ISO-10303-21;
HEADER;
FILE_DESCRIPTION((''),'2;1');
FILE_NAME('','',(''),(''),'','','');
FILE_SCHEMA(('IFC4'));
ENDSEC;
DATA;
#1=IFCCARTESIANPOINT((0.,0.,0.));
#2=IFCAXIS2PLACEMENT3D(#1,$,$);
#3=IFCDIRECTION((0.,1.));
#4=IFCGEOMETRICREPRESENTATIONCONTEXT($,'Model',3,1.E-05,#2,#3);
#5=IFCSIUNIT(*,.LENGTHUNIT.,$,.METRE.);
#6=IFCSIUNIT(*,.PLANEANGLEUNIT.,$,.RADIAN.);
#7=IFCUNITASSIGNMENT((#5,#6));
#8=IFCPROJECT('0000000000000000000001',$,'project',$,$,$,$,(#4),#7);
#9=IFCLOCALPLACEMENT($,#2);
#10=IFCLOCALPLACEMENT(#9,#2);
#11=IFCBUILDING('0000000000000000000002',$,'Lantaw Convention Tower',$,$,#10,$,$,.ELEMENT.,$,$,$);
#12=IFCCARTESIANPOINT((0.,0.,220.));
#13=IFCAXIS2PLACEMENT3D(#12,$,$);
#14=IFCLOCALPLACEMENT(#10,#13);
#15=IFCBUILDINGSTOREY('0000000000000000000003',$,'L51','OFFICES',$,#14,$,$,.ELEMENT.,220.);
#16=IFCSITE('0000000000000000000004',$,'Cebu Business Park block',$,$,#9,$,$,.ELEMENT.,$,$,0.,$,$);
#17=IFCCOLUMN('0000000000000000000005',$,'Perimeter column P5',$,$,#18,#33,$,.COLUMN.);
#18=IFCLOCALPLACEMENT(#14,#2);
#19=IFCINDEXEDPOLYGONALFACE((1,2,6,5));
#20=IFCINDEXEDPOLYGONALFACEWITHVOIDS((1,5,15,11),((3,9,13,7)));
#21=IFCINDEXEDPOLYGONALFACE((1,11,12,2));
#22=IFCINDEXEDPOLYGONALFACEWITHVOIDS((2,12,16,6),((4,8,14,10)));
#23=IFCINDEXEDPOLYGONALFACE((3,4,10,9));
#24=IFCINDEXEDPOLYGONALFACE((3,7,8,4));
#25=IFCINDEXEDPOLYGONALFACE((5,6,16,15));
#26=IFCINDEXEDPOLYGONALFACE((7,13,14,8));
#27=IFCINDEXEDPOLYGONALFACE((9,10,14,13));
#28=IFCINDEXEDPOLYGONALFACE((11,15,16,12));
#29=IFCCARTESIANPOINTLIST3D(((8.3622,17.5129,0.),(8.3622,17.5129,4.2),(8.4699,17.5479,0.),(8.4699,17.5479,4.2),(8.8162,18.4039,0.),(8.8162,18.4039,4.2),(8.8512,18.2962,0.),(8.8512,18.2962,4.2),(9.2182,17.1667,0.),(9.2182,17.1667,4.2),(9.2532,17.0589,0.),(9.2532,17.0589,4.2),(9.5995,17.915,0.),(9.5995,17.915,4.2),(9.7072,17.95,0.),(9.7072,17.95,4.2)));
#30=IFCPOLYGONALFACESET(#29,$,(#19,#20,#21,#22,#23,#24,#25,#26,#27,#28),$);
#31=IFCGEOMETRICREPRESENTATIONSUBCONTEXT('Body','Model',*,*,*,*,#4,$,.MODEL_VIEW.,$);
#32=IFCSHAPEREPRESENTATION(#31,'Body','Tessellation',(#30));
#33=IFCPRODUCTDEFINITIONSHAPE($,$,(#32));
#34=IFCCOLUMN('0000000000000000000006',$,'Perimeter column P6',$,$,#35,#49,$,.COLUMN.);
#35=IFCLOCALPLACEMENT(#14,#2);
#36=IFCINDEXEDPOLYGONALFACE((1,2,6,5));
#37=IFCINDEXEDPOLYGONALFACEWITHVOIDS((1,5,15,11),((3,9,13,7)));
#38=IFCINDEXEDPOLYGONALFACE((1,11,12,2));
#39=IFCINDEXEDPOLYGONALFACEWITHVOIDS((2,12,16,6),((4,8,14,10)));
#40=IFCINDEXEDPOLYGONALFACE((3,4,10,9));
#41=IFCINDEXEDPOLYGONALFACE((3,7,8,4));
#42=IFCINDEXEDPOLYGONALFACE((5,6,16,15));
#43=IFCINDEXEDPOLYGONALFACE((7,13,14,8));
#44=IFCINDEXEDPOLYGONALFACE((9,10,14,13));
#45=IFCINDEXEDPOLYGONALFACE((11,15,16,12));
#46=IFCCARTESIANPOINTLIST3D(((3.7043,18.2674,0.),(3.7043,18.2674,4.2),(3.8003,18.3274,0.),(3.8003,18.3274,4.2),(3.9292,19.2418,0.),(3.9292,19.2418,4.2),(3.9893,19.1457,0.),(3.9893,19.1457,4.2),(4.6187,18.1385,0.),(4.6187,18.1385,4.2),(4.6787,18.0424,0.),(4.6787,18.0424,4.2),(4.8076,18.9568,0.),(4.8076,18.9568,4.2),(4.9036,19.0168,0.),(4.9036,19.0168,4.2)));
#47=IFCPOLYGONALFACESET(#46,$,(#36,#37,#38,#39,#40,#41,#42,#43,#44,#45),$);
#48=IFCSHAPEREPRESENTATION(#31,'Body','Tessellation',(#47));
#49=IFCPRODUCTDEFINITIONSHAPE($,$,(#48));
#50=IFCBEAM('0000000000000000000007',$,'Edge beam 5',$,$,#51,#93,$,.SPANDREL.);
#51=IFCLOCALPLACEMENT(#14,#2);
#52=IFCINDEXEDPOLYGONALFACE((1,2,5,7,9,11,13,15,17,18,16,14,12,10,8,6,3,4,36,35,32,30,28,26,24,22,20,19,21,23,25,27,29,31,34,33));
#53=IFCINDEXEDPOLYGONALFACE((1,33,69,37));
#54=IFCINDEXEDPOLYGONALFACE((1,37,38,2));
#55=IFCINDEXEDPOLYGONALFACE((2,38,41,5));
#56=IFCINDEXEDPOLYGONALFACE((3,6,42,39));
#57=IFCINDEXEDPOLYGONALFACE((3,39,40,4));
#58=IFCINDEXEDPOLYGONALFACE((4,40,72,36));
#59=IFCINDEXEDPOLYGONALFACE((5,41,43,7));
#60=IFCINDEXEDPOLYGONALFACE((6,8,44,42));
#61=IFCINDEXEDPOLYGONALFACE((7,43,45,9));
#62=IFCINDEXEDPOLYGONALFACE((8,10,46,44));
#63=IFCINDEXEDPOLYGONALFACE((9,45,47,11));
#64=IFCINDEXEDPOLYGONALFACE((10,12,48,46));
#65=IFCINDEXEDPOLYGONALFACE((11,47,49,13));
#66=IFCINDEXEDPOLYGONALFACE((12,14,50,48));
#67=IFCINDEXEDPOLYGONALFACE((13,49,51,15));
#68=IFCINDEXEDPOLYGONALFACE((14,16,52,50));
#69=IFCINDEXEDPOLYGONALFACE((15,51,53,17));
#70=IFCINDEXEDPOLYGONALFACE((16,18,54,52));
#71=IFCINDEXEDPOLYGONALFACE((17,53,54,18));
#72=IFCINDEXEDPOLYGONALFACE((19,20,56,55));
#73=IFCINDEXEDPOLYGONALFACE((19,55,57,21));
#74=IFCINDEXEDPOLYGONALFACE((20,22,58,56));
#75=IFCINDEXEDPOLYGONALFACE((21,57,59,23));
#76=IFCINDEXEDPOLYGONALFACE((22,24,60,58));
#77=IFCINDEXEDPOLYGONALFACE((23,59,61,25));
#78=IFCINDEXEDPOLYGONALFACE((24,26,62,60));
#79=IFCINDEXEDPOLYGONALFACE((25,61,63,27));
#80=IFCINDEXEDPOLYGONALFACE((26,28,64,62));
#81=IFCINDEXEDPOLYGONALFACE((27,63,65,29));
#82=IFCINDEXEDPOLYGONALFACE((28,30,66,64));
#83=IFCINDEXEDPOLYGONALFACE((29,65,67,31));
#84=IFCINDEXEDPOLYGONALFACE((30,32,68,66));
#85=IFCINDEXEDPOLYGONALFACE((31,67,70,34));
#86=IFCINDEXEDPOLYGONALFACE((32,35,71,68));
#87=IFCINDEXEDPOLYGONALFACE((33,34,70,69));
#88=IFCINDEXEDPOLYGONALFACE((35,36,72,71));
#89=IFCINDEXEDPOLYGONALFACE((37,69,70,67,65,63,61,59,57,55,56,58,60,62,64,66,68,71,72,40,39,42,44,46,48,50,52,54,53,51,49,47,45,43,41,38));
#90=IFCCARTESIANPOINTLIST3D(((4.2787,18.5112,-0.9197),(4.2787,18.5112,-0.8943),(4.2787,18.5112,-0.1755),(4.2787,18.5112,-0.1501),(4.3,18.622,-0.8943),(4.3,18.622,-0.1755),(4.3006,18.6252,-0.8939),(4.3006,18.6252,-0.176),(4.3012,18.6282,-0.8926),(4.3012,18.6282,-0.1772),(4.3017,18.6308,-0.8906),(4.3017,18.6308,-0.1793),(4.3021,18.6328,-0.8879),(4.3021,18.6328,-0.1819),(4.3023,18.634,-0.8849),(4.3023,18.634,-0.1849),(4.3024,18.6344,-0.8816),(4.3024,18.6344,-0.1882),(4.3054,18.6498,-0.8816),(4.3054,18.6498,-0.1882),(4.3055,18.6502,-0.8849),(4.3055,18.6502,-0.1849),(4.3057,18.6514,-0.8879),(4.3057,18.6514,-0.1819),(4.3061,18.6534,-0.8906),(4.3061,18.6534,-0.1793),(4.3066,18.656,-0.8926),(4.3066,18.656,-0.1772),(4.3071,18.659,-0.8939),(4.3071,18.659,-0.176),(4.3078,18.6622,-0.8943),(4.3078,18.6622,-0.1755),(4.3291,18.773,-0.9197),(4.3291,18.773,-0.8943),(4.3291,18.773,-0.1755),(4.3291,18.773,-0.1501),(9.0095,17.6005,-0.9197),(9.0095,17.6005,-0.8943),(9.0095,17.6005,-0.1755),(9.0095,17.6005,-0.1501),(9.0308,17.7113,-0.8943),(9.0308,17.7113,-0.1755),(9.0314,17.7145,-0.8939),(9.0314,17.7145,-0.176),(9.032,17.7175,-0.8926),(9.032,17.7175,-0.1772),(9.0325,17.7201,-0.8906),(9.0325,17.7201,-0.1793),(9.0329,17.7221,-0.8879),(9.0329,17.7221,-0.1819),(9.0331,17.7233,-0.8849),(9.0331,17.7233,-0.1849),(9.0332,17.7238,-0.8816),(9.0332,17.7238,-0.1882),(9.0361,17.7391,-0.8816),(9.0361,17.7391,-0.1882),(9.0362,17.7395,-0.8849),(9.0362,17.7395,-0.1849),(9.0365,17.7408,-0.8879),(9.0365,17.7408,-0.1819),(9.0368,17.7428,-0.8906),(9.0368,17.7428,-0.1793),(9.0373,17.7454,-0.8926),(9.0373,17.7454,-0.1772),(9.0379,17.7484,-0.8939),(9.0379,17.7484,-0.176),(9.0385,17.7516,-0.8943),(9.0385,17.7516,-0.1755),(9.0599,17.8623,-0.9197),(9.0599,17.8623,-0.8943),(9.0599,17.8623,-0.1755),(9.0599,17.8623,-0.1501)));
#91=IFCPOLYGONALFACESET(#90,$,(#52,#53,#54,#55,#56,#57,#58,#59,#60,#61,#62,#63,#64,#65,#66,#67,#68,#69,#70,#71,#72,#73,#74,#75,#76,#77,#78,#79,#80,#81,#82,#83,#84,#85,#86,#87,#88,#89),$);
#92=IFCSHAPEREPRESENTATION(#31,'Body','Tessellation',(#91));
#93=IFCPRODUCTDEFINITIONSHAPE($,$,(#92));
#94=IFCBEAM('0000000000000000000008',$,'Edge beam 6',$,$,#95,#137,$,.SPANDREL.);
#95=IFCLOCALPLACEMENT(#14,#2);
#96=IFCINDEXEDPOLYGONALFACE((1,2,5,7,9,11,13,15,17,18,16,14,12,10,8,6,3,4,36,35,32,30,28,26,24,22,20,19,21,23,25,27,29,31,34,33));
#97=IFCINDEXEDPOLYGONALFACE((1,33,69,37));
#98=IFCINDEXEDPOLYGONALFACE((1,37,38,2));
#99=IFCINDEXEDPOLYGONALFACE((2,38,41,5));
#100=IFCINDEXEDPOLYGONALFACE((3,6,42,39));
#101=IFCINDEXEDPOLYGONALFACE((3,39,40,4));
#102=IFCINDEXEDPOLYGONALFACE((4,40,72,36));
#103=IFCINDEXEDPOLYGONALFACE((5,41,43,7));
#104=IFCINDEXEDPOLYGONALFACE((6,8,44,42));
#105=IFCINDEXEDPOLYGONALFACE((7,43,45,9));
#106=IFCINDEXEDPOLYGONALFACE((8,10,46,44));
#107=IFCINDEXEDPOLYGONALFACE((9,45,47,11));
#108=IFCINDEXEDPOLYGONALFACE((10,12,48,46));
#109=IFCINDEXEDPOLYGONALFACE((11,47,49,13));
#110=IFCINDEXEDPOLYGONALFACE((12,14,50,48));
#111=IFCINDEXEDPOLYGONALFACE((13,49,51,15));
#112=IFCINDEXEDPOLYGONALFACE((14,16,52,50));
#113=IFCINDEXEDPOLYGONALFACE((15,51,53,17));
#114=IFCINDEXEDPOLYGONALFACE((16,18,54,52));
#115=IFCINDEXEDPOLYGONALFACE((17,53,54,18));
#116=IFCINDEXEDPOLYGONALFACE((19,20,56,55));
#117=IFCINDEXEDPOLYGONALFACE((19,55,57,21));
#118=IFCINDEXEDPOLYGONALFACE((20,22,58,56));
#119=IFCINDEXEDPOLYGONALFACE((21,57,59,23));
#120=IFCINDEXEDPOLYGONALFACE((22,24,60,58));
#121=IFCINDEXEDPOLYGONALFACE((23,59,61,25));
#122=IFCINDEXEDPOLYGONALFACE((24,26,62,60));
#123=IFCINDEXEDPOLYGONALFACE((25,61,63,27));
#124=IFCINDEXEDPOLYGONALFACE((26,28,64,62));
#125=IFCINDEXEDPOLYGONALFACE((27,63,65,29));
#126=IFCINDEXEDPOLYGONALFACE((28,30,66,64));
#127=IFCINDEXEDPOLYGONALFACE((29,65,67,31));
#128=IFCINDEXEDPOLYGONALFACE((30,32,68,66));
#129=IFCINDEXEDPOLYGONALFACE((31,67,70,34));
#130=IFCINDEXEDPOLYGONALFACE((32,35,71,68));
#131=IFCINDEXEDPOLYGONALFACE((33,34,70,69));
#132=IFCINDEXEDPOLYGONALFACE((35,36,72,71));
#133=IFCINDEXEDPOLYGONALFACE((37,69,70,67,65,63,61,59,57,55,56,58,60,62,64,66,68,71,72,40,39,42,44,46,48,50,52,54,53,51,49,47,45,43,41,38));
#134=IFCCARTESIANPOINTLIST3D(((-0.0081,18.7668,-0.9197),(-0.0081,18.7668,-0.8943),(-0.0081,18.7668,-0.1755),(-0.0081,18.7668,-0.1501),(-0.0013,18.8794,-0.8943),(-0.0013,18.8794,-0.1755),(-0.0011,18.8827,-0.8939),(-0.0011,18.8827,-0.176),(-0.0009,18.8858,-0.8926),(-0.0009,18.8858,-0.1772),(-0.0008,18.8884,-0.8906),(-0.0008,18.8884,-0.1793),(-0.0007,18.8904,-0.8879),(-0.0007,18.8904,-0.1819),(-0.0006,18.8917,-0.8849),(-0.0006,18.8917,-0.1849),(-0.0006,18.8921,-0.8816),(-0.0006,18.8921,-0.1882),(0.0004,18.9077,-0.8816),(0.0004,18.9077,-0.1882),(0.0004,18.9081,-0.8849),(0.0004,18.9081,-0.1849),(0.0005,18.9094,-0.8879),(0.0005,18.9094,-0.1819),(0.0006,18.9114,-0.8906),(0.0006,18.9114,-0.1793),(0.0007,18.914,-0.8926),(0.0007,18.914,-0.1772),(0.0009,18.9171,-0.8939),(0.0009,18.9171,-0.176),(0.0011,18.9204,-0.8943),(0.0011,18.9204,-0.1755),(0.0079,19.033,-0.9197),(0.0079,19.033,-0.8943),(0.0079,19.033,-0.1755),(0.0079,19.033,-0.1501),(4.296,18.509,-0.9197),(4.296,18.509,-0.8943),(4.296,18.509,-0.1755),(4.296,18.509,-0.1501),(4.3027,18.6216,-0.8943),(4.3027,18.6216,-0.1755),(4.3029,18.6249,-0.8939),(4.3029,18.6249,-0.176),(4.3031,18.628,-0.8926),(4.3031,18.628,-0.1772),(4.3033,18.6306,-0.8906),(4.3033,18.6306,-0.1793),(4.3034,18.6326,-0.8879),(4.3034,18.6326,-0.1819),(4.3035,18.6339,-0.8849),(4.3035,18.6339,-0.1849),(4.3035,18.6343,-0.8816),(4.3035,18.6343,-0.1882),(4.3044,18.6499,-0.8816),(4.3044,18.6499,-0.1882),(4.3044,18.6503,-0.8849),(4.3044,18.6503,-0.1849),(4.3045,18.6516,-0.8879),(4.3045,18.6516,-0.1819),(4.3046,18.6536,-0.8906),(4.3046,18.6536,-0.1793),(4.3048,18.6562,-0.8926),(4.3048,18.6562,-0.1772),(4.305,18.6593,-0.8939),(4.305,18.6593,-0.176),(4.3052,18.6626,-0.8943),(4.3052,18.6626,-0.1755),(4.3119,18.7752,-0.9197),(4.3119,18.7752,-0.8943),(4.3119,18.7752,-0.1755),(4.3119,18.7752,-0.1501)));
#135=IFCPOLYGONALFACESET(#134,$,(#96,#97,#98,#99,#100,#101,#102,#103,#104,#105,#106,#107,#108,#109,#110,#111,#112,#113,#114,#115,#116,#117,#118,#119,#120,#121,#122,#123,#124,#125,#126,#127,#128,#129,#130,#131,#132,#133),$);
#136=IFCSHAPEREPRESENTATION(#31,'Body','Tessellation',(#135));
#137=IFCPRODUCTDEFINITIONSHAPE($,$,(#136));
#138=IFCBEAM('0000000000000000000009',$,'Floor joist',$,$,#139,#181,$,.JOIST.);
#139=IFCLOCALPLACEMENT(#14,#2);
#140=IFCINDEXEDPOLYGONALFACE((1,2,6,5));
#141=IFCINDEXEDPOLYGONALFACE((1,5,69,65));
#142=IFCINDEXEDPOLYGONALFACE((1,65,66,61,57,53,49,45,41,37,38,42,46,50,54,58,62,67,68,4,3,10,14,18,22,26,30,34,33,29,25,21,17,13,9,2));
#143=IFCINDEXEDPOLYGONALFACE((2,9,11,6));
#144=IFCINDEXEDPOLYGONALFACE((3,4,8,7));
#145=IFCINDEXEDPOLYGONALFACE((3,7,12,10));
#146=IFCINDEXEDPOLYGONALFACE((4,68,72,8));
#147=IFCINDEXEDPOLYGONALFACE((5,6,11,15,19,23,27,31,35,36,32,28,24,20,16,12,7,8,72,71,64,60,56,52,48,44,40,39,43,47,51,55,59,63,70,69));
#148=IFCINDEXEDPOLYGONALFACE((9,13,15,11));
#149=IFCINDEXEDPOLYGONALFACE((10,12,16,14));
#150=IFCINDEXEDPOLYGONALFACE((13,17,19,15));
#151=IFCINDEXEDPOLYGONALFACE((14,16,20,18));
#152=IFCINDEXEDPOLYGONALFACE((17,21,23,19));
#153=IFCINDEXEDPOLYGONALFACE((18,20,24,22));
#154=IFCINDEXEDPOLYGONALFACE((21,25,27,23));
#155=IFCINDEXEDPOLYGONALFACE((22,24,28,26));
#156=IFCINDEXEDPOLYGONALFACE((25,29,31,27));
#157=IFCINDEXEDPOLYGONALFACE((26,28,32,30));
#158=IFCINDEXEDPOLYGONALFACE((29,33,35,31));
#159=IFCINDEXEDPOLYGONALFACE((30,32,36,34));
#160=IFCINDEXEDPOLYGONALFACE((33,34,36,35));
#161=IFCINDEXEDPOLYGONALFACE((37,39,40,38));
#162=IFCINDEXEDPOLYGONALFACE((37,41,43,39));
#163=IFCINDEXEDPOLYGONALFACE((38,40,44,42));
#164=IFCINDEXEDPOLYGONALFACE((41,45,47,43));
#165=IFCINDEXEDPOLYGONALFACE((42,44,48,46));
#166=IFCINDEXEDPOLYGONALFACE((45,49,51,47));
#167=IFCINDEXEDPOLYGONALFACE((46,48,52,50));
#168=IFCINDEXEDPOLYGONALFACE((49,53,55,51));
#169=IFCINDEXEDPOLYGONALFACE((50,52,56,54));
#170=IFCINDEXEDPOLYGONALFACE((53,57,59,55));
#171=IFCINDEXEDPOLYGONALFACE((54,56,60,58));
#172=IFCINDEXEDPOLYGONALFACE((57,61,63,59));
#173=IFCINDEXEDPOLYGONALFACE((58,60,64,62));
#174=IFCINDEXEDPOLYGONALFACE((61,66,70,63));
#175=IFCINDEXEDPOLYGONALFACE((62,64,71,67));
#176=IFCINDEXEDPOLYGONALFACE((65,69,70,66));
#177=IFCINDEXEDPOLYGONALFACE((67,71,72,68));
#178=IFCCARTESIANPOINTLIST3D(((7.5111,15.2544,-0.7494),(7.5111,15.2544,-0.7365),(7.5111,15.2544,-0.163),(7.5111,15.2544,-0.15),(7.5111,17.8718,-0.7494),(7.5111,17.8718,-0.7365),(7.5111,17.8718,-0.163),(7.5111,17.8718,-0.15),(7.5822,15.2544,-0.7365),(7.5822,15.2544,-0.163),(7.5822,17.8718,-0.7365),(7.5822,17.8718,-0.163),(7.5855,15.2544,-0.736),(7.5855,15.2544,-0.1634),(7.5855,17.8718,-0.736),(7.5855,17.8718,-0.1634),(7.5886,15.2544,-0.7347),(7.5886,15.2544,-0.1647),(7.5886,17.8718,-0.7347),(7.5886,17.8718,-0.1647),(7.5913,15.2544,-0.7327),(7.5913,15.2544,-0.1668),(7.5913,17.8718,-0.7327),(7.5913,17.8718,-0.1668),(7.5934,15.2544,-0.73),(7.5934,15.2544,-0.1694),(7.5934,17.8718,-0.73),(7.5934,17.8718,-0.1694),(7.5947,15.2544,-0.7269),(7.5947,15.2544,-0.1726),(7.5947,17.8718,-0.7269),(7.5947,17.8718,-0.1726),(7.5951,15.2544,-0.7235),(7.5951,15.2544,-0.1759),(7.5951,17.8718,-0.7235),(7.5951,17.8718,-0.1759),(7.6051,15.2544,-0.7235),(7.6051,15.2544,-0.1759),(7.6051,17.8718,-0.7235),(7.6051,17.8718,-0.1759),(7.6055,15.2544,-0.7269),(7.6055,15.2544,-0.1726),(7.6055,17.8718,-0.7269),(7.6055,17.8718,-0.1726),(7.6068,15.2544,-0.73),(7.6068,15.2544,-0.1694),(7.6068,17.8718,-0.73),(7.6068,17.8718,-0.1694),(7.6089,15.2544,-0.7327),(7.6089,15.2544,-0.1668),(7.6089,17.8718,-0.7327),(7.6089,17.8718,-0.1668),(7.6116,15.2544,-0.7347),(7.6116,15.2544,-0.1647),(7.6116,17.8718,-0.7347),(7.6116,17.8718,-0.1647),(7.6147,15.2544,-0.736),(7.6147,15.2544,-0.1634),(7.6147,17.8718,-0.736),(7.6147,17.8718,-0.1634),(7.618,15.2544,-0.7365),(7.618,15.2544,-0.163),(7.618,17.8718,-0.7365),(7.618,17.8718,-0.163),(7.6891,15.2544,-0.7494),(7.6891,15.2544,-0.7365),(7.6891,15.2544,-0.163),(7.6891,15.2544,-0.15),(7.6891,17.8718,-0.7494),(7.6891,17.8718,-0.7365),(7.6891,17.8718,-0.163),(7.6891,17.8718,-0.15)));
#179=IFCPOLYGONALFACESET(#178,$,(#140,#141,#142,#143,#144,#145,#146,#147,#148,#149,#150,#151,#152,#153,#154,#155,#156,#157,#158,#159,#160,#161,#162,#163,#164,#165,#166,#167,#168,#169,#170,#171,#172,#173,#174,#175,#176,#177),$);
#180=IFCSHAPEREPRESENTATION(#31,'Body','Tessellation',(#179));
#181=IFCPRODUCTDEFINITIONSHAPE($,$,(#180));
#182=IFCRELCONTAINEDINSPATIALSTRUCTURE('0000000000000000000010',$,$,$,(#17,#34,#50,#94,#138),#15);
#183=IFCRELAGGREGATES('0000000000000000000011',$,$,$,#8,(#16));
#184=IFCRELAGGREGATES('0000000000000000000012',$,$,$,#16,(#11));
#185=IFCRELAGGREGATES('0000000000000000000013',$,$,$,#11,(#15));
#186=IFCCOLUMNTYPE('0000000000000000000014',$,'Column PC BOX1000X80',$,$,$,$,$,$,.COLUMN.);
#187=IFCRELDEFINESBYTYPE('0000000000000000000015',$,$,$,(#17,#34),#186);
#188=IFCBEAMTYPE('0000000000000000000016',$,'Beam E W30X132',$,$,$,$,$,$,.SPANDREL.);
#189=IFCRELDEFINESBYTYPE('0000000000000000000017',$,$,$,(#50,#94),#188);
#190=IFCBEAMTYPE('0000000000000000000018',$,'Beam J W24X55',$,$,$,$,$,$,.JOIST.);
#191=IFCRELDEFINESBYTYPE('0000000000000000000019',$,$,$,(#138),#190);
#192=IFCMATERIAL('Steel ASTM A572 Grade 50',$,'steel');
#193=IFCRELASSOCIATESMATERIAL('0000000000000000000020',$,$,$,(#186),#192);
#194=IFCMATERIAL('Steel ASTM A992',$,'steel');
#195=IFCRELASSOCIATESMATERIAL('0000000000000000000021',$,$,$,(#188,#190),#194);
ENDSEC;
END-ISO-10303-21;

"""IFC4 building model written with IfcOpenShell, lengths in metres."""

from ifc_helpers import new_model, si_unit, direction, frame, origin, origin_2d, place, context, subcontext, project, spatial, rectangle, hollow_rectangle, i_section, extrude, material, material_profile, profile_set, type_object, element, save


model = new_model("IFC4")

# Units and contexts
model_context = context("Model", 3, precision=1e-05, world=origin(), true_north=direction((0.0, 1.0)))
body_context = subcontext(model_context, "Body", "Model", "MODEL_VIEW")
ifc_project = project(units=[si_unit("LENGTHUNIT", "METRE"), si_unit("PLANEANGLEUNIT", "RADIAN")], contexts=[model_context])

# Site, building, storey
site_placement = place(None, origin())
site = spatial("IfcSite", under=ifc_project, at=site_placement, Name="Cebu Business Park block", CompositionType="ELEMENT", RefElevation=0.0)
building_placement = place(site_placement, origin())
building = spatial("IfcBuilding", under=site, at=building_placement, Name="Lantaw Convention Tower", CompositionType="ELEMENT")
storey_placement = place(building_placement, frame((0.0, 0.0, 220.0)))
storey = spatial("IfcBuildingStorey", under=building, at=storey_placement, Name="L51", Description="OFFICES", CompositionType="ELEMENT", Elevation=220.0)

# Columns
ifc_material_1 = material(Name="Steel ASTM A572 Grade 50", Category="steel")
ifc_material_profile_1 = material_profile(ifc_material_1, hollow_rectangle(XDim=1.0, YDim=1.0, WallThickness=0.0801, at=origin_2d()), Name="BOX1000X80")
ifc_material_2 = material(Name="Concrete C60/75", Category="concrete")
ifc_material_profile_2 = material_profile(ifc_material_2, rectangle(XDim=0.8401, YDim=0.8401, at=origin_2d()), Name="Concrete fill of BOX1000X80")
ifc_profile_set_1 = profile_set([ifc_material_profile_1, ifc_material_profile_2], Name="Steel ASTM A572 Grade 50")
column_type = type_object("IfcColumnType", Name="Column PC BOX1000X80", PredefinedType="COLUMN", material=ifc_profile_set_1)
for number, where, z_axis, x_axis, name in (
    (1, (9.0347, 17.7314, 0.0), (0.0, 0.0, 1.0), (0.45399, 0.891007, 0.0), "Perimeter column P5"),
    (2, (4.304, 18.6421, 0.0), (0.0, 0.0, 1.0), (0.224951, 0.97437, 0.0), "Perimeter column P6"),
):
    element("IfcColumn", number, at=place(storey_placement, frame(where, z_axis=z_axis, x_axis=x_axis)), inside=storey, type_object=column_type, Name=name, PredefinedType="COLUMN", context=body_context, shape_type="SweptSolid", body=[
        extrude(hollow_rectangle(XDim=1.0, YDim=1.0, WallThickness=0.0801, at=origin_2d()), origin(), (0.0, 0.0, 1.0), 4.2),
    ])

# Beams
ifc_material_3 = material(Name="Steel ASTM A992", Category="steel")
ifc_material_profile_3 = material_profile(ifc_material_3, i_section(OverallWidth=0.2666, OverallDepth=0.7695, WebThickness=0.0156, FlangeThickness=0.0254, FilletRadius=0.0127, at=origin_2d()), Name="W30X132")
ifc_profile_set_2 = profile_set([ifc_material_profile_3], Name="Steel ASTM A992")
beam_type_1 = type_object("IfcBeamType", Name="Beam E W30X132", PredefinedType="SPANDREL", material=ifc_profile_set_2)
beam_1_placement = place(storey_placement, frame((9.0347, 17.7314, -0.5349), z_axis=(-0.981972, 0.189026, 0.0), x_axis=(-0.189026, -0.981972, 0.0)))
element("IfcBeam", 3, at=beam_1_placement, inside=storey, type_object=beam_type_1, Name="Edge beam 5", PredefinedType="SPANDREL", context=body_context, shape_type="SweptSolid", body=[
    extrude(i_section(OverallWidth=0.2666, OverallDepth=0.7695, WebThickness=0.0156, FlangeThickness=0.0254, FilletRadius=0.0127, at=origin_2d()), origin(), (0.0, 0.0, 1.0), 4.8176),
])
beam_2_placement = place(storey_placement, frame((4.304, 18.6421, -0.5349), z_axis=(-0.998211, 0.059794, 0.0), x_axis=(-0.059794, -0.998211, 0.0)))
element("IfcBeam", 4, at=beam_2_placement, inside=storey, type_object=beam_type_1, Name="Edge beam 6", PredefinedType="SPANDREL", context=body_context, shape_type="SweptSolid", body=[
    extrude(i_section(OverallWidth=0.2666, OverallDepth=0.7695, WebThickness=0.0156, FlangeThickness=0.0254, FilletRadius=0.0127, at=origin_2d()), origin(), (0.0, 0.0, 1.0), 4.3118),
])
ifc_material_profile_4 = material_profile(ifc_material_3, i_section(OverallWidth=0.178, OverallDepth=0.5994, WebThickness=0.01, FlangeThickness=0.0129, FilletRadius=0.0129, at=origin_2d()), Name="W24X55")
ifc_profile_set_3 = profile_set([ifc_material_profile_4], Name="Steel ASTM A992")
beam_type_2 = type_object("IfcBeamType", Name="Beam J W24X55", PredefinedType="JOIST", material=ifc_profile_set_3)
beam_3_placement = place(storey_placement, frame((7.6001, 15.2544, -0.4497), z_axis=(0.0, 1.0, 0.0), x_axis=(-1.0, 0.0, 0.0)))
element("IfcBeam", 5, at=beam_3_placement, inside=storey, type_object=beam_type_2, Name="Floor joist", PredefinedType="JOIST", context=body_context, shape_type="SweptSolid", body=[
    extrude(i_section(OverallWidth=0.178, OverallDepth=0.5994, WebThickness=0.01, FlangeThickness=0.0129, FilletRadius=0.0129, at=origin_2d()), origin(), (0.0, 0.0, 1.0), 2.6174),
])

save(model, "model.ifc")
